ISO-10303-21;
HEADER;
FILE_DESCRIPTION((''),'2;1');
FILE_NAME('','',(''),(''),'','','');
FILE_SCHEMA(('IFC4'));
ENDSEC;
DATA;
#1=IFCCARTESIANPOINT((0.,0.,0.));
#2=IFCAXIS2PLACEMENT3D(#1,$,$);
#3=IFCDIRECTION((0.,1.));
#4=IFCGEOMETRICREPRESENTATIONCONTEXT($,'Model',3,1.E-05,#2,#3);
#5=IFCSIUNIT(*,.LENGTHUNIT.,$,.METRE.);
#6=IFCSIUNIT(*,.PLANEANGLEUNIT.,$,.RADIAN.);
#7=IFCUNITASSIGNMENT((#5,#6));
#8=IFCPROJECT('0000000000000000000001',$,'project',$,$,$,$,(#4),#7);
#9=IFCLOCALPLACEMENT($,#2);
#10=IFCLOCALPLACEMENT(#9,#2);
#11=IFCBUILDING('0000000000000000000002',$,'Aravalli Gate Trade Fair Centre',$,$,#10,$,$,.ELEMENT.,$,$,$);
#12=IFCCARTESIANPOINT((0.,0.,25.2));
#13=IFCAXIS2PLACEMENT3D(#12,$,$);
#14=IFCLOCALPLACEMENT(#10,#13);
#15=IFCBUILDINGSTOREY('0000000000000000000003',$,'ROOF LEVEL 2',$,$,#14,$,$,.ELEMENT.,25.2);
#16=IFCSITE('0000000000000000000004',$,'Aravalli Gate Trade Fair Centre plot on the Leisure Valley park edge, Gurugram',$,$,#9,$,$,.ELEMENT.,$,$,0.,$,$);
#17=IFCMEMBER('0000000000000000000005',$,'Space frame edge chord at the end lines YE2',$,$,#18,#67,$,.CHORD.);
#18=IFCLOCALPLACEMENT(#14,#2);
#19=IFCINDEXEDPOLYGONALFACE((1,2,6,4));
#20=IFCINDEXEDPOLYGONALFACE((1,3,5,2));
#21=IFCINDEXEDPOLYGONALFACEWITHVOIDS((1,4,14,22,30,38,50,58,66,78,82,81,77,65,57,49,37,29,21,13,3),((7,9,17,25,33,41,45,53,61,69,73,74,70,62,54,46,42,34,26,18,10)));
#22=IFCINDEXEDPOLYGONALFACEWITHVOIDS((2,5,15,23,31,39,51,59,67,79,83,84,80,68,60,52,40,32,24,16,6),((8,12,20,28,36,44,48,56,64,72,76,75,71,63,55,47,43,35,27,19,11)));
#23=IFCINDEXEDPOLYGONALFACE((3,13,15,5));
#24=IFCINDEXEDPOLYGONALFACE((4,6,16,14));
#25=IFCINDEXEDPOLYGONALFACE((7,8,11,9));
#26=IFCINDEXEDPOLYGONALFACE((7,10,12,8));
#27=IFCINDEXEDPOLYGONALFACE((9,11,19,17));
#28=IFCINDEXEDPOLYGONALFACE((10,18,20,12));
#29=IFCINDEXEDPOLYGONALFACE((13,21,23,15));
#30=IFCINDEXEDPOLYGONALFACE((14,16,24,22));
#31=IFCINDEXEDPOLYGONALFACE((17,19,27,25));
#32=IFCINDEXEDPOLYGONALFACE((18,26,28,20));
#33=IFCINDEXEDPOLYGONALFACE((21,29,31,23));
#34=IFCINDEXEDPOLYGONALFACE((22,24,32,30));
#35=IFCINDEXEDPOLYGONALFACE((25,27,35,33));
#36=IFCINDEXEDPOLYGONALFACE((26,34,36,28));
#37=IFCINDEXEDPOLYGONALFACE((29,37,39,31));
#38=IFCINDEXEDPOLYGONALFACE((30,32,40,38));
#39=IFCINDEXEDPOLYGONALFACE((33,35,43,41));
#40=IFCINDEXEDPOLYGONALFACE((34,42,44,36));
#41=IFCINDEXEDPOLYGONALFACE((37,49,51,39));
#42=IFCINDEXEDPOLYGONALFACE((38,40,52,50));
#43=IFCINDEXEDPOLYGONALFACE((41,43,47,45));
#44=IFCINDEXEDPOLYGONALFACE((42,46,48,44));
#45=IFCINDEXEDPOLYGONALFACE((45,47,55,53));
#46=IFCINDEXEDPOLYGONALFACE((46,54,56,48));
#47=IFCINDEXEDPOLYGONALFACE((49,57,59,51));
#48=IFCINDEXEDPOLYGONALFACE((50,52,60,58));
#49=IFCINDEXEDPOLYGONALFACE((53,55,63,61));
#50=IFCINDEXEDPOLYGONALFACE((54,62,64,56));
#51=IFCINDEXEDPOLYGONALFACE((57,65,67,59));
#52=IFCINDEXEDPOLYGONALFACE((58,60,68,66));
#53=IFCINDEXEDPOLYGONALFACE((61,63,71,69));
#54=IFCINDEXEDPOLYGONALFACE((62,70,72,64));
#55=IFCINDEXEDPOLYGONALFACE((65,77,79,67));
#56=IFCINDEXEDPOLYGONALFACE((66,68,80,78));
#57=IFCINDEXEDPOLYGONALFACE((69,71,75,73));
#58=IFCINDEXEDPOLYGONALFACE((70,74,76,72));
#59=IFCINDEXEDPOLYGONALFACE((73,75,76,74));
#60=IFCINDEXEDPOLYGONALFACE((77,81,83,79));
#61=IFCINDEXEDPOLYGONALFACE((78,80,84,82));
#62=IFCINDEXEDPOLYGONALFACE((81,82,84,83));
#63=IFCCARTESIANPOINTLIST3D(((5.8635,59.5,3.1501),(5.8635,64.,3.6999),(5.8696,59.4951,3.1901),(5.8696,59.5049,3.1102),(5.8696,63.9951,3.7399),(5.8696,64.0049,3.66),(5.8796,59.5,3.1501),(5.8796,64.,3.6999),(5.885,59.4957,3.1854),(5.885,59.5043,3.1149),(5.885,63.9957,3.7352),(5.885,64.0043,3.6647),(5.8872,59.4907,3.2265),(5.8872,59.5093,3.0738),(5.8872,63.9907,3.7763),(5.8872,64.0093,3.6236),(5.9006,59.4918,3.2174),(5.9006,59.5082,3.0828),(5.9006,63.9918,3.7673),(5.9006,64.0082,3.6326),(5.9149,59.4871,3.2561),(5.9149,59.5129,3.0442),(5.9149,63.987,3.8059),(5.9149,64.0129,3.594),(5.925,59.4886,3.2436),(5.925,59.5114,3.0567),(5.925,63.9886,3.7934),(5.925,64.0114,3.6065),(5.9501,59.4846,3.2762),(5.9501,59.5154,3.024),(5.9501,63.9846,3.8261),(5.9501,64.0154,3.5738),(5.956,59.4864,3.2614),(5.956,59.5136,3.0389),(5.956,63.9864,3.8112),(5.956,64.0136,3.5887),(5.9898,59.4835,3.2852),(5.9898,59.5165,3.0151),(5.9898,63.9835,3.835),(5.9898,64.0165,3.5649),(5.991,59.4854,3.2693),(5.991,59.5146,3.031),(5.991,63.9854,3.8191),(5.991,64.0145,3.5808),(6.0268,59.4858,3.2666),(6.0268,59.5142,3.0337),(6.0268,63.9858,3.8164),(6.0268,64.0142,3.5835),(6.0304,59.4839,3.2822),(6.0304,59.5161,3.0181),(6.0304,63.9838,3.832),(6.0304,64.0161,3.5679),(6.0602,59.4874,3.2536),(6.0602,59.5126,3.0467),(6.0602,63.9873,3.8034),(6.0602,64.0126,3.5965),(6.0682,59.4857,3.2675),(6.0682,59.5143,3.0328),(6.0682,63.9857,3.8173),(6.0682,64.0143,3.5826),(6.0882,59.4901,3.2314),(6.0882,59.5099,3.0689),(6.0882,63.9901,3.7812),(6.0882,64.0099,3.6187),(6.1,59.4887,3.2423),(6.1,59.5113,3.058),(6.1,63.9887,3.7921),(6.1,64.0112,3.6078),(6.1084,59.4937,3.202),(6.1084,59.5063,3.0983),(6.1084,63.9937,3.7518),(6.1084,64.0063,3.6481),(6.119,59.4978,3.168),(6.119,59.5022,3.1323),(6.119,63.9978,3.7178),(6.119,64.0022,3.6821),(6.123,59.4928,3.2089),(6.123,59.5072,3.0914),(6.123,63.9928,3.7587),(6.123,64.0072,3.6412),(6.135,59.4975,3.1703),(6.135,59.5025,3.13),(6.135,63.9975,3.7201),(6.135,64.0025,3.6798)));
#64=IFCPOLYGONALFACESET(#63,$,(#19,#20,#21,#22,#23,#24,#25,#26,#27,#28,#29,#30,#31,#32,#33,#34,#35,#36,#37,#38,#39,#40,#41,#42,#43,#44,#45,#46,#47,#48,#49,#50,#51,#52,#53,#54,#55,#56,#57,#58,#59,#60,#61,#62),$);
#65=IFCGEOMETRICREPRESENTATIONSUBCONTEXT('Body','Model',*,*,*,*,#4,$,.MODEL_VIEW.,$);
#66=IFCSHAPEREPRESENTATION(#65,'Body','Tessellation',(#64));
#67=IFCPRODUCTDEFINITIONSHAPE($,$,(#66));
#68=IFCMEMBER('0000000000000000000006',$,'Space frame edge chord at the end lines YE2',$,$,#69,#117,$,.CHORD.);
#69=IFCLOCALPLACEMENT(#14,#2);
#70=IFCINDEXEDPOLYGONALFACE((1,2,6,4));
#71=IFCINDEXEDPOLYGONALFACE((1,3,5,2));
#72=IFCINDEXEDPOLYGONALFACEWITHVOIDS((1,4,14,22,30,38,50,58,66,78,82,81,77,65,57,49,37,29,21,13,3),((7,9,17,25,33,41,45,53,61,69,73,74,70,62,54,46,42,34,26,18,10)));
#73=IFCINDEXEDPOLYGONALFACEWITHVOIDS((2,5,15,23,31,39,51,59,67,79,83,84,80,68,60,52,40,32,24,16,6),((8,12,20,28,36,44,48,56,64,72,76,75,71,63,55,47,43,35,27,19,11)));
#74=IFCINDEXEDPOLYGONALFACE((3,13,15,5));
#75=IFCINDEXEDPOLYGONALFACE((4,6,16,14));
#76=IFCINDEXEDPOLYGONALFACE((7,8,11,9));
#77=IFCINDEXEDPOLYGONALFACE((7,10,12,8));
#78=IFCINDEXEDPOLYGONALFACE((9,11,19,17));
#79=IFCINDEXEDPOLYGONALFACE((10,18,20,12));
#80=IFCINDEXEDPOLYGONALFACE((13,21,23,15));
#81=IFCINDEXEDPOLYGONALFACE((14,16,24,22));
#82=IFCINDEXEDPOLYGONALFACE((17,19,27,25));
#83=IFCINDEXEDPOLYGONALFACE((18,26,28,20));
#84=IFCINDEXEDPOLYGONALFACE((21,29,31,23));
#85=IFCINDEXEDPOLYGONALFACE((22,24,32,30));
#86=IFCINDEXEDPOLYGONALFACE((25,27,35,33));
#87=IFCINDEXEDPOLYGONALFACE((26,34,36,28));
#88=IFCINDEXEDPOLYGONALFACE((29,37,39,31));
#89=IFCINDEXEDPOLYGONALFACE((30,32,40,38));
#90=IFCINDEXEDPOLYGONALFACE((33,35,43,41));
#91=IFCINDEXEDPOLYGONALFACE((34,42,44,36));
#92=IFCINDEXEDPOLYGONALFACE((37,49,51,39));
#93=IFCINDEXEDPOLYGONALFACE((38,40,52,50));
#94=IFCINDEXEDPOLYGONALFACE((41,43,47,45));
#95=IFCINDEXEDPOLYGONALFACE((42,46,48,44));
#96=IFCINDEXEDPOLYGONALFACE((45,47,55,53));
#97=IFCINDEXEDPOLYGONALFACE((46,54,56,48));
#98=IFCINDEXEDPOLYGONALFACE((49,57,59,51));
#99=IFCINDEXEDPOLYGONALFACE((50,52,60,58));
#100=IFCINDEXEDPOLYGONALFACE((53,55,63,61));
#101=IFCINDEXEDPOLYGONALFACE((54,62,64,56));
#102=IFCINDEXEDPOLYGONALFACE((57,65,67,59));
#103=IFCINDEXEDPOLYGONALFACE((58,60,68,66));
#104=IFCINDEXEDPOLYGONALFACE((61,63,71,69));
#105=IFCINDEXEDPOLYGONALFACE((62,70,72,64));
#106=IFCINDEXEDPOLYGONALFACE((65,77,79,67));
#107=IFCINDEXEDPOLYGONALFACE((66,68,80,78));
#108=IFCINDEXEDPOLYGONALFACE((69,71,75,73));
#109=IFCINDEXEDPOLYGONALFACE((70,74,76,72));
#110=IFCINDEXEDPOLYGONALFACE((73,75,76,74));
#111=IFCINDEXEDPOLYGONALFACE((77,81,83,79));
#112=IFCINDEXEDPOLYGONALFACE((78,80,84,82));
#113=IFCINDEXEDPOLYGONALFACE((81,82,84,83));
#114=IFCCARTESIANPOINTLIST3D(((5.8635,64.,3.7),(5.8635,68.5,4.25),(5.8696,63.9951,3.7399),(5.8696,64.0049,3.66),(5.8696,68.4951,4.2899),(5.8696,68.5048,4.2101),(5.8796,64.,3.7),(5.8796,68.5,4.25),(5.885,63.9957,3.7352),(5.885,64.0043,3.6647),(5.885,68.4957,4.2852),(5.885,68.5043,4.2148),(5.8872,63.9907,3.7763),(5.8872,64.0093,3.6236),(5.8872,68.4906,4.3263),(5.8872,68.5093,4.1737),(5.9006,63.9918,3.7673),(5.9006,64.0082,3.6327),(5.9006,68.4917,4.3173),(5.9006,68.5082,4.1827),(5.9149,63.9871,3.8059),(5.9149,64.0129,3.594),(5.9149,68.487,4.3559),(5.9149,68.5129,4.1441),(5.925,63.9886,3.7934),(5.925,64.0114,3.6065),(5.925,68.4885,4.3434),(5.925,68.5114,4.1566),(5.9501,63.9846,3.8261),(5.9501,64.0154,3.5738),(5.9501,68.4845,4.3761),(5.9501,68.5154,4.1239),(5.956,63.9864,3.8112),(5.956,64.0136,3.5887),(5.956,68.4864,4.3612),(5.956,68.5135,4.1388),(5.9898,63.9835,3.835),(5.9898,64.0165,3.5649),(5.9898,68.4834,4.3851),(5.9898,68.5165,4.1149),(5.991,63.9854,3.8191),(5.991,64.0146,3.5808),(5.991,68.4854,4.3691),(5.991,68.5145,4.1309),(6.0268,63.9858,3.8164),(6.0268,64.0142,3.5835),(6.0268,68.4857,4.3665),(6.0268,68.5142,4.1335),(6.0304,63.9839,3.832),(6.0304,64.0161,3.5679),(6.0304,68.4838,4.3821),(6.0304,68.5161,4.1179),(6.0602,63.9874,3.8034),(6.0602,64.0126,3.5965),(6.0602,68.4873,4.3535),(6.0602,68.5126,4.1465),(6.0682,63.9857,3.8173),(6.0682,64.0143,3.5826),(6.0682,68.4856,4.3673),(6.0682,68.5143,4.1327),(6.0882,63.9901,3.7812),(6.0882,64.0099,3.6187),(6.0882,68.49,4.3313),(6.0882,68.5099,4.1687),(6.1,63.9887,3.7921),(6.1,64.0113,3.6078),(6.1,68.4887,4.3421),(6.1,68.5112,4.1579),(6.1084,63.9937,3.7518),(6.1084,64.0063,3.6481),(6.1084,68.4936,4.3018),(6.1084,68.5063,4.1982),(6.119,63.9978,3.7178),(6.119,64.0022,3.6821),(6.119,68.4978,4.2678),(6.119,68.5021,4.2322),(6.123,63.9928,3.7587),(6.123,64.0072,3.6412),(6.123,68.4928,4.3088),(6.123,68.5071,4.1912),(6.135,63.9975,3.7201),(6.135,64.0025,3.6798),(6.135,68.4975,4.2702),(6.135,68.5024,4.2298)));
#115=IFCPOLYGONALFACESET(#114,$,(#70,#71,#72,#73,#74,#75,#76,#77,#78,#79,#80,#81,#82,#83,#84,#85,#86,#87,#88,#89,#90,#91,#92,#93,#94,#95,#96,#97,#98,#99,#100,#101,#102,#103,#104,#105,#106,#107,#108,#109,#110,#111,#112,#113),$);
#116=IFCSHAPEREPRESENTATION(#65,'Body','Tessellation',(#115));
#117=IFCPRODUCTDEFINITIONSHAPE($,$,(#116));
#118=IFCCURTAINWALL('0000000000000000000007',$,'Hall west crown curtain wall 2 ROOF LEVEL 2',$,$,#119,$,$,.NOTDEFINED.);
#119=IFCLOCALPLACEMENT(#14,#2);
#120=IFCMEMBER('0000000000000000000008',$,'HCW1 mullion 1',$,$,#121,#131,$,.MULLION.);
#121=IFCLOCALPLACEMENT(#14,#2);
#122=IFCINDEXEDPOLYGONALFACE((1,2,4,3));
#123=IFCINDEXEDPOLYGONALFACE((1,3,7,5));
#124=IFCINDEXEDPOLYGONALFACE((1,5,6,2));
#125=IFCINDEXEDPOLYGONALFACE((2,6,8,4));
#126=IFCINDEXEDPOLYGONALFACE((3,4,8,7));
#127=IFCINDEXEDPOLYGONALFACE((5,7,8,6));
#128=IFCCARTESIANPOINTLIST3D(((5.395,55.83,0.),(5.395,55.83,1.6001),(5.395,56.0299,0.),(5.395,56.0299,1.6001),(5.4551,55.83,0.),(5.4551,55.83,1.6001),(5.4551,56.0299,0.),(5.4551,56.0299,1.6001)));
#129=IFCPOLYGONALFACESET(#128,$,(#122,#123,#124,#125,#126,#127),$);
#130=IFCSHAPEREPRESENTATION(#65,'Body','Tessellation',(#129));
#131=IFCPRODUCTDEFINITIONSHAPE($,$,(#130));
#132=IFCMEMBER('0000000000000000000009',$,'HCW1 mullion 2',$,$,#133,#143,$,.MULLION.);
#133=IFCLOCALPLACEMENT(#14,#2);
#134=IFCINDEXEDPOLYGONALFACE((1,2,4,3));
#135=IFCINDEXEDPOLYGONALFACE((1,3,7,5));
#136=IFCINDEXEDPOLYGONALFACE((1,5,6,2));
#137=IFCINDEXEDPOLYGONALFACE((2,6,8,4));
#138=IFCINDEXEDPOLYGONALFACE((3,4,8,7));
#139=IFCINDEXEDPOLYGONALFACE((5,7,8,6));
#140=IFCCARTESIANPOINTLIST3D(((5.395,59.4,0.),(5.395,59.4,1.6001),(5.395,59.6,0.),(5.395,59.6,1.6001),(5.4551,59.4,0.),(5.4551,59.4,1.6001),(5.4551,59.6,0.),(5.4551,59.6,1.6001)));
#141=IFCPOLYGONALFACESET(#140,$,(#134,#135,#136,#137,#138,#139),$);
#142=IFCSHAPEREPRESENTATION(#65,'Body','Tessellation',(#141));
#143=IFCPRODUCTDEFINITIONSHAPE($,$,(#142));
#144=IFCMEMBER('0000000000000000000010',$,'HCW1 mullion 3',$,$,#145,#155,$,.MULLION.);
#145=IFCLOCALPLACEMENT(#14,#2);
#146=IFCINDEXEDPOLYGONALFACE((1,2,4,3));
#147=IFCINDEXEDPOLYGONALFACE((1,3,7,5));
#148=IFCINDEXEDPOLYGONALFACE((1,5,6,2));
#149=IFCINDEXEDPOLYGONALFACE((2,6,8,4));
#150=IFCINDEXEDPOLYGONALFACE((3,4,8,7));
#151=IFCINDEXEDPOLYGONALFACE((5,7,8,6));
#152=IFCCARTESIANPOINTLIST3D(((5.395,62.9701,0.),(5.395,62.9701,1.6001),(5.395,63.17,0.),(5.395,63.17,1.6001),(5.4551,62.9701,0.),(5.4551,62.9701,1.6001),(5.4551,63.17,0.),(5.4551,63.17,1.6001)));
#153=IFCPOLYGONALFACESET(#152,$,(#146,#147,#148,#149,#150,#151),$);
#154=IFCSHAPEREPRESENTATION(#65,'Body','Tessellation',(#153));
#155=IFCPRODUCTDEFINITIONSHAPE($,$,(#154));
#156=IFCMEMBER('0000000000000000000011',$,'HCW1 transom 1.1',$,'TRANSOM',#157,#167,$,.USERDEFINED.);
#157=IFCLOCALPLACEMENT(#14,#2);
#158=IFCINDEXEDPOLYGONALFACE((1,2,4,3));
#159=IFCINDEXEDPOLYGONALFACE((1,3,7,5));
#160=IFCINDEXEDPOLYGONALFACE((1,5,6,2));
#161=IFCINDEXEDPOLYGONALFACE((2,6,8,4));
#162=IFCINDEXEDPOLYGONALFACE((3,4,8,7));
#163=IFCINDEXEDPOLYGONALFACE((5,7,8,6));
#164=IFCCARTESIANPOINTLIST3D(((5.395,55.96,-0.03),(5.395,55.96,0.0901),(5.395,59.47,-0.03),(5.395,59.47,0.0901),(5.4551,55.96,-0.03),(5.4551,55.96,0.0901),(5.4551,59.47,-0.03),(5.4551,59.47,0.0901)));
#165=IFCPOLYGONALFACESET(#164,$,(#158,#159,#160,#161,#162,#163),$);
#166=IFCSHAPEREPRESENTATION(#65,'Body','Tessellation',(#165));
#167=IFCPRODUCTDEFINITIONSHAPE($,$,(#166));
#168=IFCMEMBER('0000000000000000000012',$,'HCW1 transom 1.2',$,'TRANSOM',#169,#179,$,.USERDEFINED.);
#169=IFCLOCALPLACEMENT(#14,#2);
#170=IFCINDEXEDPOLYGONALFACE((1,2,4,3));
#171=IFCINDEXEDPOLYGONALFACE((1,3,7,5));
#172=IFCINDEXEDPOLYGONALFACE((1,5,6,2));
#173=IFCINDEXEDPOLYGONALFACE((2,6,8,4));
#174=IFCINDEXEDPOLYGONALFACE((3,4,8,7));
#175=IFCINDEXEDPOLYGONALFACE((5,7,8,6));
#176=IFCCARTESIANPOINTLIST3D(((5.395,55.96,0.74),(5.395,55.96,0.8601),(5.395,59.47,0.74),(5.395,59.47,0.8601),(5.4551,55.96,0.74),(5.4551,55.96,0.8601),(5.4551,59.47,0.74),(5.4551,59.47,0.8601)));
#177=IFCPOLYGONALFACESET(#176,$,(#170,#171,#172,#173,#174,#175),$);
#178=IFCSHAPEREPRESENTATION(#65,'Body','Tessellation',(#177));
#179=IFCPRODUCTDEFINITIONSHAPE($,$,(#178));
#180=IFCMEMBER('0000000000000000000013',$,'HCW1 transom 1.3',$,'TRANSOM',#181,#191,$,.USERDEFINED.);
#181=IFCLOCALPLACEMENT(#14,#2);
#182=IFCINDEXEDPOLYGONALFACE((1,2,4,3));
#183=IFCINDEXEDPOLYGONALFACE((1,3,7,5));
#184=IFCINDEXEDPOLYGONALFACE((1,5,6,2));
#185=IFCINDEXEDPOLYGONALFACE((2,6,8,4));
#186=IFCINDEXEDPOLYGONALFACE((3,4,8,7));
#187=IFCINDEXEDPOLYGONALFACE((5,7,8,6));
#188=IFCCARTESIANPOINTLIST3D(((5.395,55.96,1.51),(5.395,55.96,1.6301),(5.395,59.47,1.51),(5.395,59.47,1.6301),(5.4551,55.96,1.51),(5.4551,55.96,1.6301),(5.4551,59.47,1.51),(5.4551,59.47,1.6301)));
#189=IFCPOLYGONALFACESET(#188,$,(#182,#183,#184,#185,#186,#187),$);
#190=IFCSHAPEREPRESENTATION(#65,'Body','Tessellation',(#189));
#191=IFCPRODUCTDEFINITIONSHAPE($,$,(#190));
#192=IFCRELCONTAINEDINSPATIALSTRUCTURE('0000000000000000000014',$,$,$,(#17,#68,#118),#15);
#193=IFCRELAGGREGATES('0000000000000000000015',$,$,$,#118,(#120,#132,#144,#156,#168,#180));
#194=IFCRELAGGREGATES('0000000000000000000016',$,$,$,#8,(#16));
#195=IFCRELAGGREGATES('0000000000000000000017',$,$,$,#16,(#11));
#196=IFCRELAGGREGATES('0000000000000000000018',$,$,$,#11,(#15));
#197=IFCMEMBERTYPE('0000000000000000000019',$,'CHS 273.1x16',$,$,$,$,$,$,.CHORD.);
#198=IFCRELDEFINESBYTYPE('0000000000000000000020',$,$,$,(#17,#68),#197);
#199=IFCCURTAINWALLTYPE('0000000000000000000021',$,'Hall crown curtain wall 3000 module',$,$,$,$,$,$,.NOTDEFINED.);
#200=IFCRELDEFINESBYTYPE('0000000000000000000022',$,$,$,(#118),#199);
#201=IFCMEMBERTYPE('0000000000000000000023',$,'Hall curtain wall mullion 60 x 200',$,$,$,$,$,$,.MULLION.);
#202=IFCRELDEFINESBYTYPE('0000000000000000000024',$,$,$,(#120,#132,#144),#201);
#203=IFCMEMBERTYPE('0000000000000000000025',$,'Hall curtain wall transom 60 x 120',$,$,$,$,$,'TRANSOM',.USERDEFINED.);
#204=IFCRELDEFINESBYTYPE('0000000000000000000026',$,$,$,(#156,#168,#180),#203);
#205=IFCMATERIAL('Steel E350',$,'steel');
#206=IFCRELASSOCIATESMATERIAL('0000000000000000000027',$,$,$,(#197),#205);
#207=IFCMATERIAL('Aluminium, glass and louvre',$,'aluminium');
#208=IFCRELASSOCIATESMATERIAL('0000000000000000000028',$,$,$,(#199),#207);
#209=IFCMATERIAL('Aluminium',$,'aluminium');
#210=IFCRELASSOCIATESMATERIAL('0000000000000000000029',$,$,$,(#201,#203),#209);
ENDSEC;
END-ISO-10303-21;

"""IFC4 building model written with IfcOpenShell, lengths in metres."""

from ifc_helpers import new_model, si_unit, direction, frame, origin, origin_2d, place, context, subcontext, project, spatial, rectangle, hollow_circle, extrude, material, material_profile, profile_set, type_object, element, aggregate, save


model = new_model("IFC4")

# Units and contexts
model_context = context("Model", 3, precision=1e-05, world=origin(), true_north=direction((0.0, 1.0)))
body_context = subcontext(model_context, "Body", "Model", "MODEL_VIEW")
ifc_project = project(units=[si_unit("LENGTHUNIT", "METRE"), si_unit("PLANEANGLEUNIT", "RADIAN")], contexts=[model_context])

# Site, building, storey
site_placement = place(None, origin())
site = spatial("IfcSite", under=ifc_project, at=site_placement, Name="Aravalli Gate Trade Fair Centre plot on the Leisure Valley park edge, Gurugram", CompositionType="ELEMENT", RefElevation=0.0)
building_placement = place(site_placement, origin())
building = spatial("IfcBuilding", under=site, at=building_placement, Name="Aravalli Gate Trade Fair Centre", CompositionType="ELEMENT")
storey_placement = place(building_placement, frame((0.0, 0.0, 25.2)))
storey = spatial("IfcBuildingStorey", under=building, at=storey_placement, Name="ROOF LEVEL 2", CompositionType="ELEMENT", Elevation=25.2)

# Members
ifc_material_1 = material(Name="Steel E350", Category="steel")
ifc_material_profile_1 = material_profile(ifc_material_1, hollow_circle(Radius=0.1365, WallThickness=0.0161, at=origin_2d()), Name="CHS 273.1x16")
ifc_profile_set_1 = profile_set([ifc_material_profile_1], Name="Steel E350")
member_type_1 = type_object("IfcMemberType", Name="CHS 273.1x16", PredefinedType="CHORD", material=ifc_profile_set_1)
for number, where, z_axis, x_axis, name in (
    (1, (6.0, 59.5, 3.1501), (0.0, 0.992619, 0.121277), (-1.0, 0.0, 0.0), "Space frame edge chord at the end lines YE2"),
    (2, (6.0, 64.0, 3.7), (0.0, 0.992612, 0.12133), (-1.0, 0.0, 0.0), "Space frame edge chord at the end lines YE2"),
):
    element("IfcMember", number, at=place(storey_placement, frame(where, z_axis=z_axis, x_axis=x_axis)), inside=storey, type_object=member_type_1, Name=name, PredefinedType="CHORD", context=body_context, shape_type="SweptSolid", body=[
        extrude(hollow_circle(Radius=0.1365, WallThickness=0.0161, at=origin_2d()), origin(), (0.0, 0.0, 1.0), 4.5334),
    ])

# Curtain wall, members
ifc_material_2 = material(Name="Aluminium, glass and louvre", Category="aluminium")
curtain_wall_type = type_object("IfcCurtainWallType", Name="Hall crown curtain wall 3000 module", PredefinedType="NOTDEFINED", material=ifc_material_2)
curtain_wall_placement = place(storey_placement, origin())
curtain_wall = element("IfcCurtainWall", 3, at=curtain_wall_placement, inside=storey, type_object=curtain_wall_type, Name="Hall west crown curtain wall 2 ROOF LEVEL 2", PredefinedType="NOTDEFINED")
ifc_material_3 = material(Name="Aluminium", Category="aluminium")
ifc_material_profile_2 = material_profile(ifc_material_3, rectangle(XDim=0.0601, YDim=0.2, at=origin_2d()), Name="Hall curtain wall mullion 60 x 200")
ifc_profile_set_2 = profile_set([ifc_material_profile_2], Name="Aluminium")
member_type_2 = type_object("IfcMemberType", Name="Hall curtain wall mullion 60 x 200", PredefinedType="MULLION", material=ifc_profile_set_2)
member_1_placement = place(storey_placement, frame((5.425, 55.9299, 0.0), z_axis=(0.0, 0.0, 1.0), x_axis=(-1.0, 0.0, 0.0)))
member_1 = element("IfcMember", 4, at=member_1_placement, type_object=member_type_2, Name="HCW1 mullion 1", PredefinedType="MULLION", context=body_context, shape_type="SweptSolid", body=[
    extrude(rectangle(XDim=0.0601, YDim=0.2, at=origin_2d()), origin(), (0.0, 0.0, 1.0), 1.6001),
])
member_2_placement = place(storey_placement, frame((5.425, 59.5, 0.0), z_axis=(0.0, 0.0, 1.0), x_axis=(-1.0, 0.0, 0.0)))
member_2 = element("IfcMember", 5, at=member_2_placement, type_object=member_type_2, Name="HCW1 mullion 2", PredefinedType="MULLION", context=body_context, shape_type="SweptSolid", body=[
    extrude(rectangle(XDim=0.0601, YDim=0.2, at=origin_2d()), origin(), (0.0, 0.0, 1.0), 1.6001),
])
member_3_placement = place(storey_placement, frame((5.425, 63.0701, 0.0), z_axis=(0.0, 0.0, 1.0), x_axis=(-1.0, 0.0, 0.0)))
member_3 = element("IfcMember", 6, at=member_3_placement, type_object=member_type_2, Name="HCW1 mullion 3", PredefinedType="MULLION", context=body_context, shape_type="SweptSolid", body=[
    extrude(rectangle(XDim=0.0601, YDim=0.2, at=origin_2d()), origin(), (0.0, 0.0, 1.0), 1.6001),
])
ifc_material_profile_3 = material_profile(ifc_material_3, rectangle(XDim=0.0601, YDim=0.1201, at=origin_2d()), Name="Hall curtain wall transom 60 x 120")
ifc_profile_set_3 = profile_set([ifc_material_profile_3], Name="Aluminium")
member_type_3 = type_object("IfcMemberType", Name="Hall curtain wall transom 60 x 120", ElementType="TRANSOM", PredefinedType="USERDEFINED", material=ifc_profile_set_3)
member_4_placement = place(storey_placement, frame((5.425, 55.96, 0.03), z_axis=(0.0, 1.0, 0.0), x_axis=(-1.0, 0.0, 0.0)))
member_4 = element("IfcMember", 7, at=member_4_placement, type_object=member_type_3, Name="HCW1 transom 1.1", ObjectType="TRANSOM", PredefinedType="USERDEFINED", context=body_context, shape_type="SweptSolid", body=[
    extrude(rectangle(XDim=0.0601, YDim=0.1201, at=origin_2d()), origin(), (0.0, 0.0, 1.0), 3.51),
])
member_5_placement = place(storey_placement, frame((5.425, 55.96, 0.8), z_axis=(0.0, 1.0, 0.0), x_axis=(-1.0, 0.0, 0.0)))
member_5 = element("IfcMember", 8, at=member_5_placement, type_object=member_type_3, Name="HCW1 transom 1.2", ObjectType="TRANSOM", PredefinedType="USERDEFINED", context=body_context, shape_type="SweptSolid", body=[
    extrude(rectangle(XDim=0.0601, YDim=0.1201, at=origin_2d()), origin(), (0.0, 0.0, 1.0), 3.51),
])
member_6_placement = place(storey_placement, frame((5.425, 55.96, 1.5701), z_axis=(0.0, 1.0, 0.0), x_axis=(-1.0, 0.0, 0.0)))
member_6 = element("IfcMember", 9, at=member_6_placement, type_object=member_type_3, Name="HCW1 transom 1.3", ObjectType="TRANSOM", PredefinedType="USERDEFINED", context=body_context, shape_type="SweptSolid", body=[
    extrude(rectangle(XDim=0.0601, YDim=0.1201, at=origin_2d()), origin(), (0.0, 0.0, 1.0), 3.51),
])
aggregate(curtain_wall, [member_1, member_2, member_3, member_4, member_5, member_6])

save(model, "model.ifc")
